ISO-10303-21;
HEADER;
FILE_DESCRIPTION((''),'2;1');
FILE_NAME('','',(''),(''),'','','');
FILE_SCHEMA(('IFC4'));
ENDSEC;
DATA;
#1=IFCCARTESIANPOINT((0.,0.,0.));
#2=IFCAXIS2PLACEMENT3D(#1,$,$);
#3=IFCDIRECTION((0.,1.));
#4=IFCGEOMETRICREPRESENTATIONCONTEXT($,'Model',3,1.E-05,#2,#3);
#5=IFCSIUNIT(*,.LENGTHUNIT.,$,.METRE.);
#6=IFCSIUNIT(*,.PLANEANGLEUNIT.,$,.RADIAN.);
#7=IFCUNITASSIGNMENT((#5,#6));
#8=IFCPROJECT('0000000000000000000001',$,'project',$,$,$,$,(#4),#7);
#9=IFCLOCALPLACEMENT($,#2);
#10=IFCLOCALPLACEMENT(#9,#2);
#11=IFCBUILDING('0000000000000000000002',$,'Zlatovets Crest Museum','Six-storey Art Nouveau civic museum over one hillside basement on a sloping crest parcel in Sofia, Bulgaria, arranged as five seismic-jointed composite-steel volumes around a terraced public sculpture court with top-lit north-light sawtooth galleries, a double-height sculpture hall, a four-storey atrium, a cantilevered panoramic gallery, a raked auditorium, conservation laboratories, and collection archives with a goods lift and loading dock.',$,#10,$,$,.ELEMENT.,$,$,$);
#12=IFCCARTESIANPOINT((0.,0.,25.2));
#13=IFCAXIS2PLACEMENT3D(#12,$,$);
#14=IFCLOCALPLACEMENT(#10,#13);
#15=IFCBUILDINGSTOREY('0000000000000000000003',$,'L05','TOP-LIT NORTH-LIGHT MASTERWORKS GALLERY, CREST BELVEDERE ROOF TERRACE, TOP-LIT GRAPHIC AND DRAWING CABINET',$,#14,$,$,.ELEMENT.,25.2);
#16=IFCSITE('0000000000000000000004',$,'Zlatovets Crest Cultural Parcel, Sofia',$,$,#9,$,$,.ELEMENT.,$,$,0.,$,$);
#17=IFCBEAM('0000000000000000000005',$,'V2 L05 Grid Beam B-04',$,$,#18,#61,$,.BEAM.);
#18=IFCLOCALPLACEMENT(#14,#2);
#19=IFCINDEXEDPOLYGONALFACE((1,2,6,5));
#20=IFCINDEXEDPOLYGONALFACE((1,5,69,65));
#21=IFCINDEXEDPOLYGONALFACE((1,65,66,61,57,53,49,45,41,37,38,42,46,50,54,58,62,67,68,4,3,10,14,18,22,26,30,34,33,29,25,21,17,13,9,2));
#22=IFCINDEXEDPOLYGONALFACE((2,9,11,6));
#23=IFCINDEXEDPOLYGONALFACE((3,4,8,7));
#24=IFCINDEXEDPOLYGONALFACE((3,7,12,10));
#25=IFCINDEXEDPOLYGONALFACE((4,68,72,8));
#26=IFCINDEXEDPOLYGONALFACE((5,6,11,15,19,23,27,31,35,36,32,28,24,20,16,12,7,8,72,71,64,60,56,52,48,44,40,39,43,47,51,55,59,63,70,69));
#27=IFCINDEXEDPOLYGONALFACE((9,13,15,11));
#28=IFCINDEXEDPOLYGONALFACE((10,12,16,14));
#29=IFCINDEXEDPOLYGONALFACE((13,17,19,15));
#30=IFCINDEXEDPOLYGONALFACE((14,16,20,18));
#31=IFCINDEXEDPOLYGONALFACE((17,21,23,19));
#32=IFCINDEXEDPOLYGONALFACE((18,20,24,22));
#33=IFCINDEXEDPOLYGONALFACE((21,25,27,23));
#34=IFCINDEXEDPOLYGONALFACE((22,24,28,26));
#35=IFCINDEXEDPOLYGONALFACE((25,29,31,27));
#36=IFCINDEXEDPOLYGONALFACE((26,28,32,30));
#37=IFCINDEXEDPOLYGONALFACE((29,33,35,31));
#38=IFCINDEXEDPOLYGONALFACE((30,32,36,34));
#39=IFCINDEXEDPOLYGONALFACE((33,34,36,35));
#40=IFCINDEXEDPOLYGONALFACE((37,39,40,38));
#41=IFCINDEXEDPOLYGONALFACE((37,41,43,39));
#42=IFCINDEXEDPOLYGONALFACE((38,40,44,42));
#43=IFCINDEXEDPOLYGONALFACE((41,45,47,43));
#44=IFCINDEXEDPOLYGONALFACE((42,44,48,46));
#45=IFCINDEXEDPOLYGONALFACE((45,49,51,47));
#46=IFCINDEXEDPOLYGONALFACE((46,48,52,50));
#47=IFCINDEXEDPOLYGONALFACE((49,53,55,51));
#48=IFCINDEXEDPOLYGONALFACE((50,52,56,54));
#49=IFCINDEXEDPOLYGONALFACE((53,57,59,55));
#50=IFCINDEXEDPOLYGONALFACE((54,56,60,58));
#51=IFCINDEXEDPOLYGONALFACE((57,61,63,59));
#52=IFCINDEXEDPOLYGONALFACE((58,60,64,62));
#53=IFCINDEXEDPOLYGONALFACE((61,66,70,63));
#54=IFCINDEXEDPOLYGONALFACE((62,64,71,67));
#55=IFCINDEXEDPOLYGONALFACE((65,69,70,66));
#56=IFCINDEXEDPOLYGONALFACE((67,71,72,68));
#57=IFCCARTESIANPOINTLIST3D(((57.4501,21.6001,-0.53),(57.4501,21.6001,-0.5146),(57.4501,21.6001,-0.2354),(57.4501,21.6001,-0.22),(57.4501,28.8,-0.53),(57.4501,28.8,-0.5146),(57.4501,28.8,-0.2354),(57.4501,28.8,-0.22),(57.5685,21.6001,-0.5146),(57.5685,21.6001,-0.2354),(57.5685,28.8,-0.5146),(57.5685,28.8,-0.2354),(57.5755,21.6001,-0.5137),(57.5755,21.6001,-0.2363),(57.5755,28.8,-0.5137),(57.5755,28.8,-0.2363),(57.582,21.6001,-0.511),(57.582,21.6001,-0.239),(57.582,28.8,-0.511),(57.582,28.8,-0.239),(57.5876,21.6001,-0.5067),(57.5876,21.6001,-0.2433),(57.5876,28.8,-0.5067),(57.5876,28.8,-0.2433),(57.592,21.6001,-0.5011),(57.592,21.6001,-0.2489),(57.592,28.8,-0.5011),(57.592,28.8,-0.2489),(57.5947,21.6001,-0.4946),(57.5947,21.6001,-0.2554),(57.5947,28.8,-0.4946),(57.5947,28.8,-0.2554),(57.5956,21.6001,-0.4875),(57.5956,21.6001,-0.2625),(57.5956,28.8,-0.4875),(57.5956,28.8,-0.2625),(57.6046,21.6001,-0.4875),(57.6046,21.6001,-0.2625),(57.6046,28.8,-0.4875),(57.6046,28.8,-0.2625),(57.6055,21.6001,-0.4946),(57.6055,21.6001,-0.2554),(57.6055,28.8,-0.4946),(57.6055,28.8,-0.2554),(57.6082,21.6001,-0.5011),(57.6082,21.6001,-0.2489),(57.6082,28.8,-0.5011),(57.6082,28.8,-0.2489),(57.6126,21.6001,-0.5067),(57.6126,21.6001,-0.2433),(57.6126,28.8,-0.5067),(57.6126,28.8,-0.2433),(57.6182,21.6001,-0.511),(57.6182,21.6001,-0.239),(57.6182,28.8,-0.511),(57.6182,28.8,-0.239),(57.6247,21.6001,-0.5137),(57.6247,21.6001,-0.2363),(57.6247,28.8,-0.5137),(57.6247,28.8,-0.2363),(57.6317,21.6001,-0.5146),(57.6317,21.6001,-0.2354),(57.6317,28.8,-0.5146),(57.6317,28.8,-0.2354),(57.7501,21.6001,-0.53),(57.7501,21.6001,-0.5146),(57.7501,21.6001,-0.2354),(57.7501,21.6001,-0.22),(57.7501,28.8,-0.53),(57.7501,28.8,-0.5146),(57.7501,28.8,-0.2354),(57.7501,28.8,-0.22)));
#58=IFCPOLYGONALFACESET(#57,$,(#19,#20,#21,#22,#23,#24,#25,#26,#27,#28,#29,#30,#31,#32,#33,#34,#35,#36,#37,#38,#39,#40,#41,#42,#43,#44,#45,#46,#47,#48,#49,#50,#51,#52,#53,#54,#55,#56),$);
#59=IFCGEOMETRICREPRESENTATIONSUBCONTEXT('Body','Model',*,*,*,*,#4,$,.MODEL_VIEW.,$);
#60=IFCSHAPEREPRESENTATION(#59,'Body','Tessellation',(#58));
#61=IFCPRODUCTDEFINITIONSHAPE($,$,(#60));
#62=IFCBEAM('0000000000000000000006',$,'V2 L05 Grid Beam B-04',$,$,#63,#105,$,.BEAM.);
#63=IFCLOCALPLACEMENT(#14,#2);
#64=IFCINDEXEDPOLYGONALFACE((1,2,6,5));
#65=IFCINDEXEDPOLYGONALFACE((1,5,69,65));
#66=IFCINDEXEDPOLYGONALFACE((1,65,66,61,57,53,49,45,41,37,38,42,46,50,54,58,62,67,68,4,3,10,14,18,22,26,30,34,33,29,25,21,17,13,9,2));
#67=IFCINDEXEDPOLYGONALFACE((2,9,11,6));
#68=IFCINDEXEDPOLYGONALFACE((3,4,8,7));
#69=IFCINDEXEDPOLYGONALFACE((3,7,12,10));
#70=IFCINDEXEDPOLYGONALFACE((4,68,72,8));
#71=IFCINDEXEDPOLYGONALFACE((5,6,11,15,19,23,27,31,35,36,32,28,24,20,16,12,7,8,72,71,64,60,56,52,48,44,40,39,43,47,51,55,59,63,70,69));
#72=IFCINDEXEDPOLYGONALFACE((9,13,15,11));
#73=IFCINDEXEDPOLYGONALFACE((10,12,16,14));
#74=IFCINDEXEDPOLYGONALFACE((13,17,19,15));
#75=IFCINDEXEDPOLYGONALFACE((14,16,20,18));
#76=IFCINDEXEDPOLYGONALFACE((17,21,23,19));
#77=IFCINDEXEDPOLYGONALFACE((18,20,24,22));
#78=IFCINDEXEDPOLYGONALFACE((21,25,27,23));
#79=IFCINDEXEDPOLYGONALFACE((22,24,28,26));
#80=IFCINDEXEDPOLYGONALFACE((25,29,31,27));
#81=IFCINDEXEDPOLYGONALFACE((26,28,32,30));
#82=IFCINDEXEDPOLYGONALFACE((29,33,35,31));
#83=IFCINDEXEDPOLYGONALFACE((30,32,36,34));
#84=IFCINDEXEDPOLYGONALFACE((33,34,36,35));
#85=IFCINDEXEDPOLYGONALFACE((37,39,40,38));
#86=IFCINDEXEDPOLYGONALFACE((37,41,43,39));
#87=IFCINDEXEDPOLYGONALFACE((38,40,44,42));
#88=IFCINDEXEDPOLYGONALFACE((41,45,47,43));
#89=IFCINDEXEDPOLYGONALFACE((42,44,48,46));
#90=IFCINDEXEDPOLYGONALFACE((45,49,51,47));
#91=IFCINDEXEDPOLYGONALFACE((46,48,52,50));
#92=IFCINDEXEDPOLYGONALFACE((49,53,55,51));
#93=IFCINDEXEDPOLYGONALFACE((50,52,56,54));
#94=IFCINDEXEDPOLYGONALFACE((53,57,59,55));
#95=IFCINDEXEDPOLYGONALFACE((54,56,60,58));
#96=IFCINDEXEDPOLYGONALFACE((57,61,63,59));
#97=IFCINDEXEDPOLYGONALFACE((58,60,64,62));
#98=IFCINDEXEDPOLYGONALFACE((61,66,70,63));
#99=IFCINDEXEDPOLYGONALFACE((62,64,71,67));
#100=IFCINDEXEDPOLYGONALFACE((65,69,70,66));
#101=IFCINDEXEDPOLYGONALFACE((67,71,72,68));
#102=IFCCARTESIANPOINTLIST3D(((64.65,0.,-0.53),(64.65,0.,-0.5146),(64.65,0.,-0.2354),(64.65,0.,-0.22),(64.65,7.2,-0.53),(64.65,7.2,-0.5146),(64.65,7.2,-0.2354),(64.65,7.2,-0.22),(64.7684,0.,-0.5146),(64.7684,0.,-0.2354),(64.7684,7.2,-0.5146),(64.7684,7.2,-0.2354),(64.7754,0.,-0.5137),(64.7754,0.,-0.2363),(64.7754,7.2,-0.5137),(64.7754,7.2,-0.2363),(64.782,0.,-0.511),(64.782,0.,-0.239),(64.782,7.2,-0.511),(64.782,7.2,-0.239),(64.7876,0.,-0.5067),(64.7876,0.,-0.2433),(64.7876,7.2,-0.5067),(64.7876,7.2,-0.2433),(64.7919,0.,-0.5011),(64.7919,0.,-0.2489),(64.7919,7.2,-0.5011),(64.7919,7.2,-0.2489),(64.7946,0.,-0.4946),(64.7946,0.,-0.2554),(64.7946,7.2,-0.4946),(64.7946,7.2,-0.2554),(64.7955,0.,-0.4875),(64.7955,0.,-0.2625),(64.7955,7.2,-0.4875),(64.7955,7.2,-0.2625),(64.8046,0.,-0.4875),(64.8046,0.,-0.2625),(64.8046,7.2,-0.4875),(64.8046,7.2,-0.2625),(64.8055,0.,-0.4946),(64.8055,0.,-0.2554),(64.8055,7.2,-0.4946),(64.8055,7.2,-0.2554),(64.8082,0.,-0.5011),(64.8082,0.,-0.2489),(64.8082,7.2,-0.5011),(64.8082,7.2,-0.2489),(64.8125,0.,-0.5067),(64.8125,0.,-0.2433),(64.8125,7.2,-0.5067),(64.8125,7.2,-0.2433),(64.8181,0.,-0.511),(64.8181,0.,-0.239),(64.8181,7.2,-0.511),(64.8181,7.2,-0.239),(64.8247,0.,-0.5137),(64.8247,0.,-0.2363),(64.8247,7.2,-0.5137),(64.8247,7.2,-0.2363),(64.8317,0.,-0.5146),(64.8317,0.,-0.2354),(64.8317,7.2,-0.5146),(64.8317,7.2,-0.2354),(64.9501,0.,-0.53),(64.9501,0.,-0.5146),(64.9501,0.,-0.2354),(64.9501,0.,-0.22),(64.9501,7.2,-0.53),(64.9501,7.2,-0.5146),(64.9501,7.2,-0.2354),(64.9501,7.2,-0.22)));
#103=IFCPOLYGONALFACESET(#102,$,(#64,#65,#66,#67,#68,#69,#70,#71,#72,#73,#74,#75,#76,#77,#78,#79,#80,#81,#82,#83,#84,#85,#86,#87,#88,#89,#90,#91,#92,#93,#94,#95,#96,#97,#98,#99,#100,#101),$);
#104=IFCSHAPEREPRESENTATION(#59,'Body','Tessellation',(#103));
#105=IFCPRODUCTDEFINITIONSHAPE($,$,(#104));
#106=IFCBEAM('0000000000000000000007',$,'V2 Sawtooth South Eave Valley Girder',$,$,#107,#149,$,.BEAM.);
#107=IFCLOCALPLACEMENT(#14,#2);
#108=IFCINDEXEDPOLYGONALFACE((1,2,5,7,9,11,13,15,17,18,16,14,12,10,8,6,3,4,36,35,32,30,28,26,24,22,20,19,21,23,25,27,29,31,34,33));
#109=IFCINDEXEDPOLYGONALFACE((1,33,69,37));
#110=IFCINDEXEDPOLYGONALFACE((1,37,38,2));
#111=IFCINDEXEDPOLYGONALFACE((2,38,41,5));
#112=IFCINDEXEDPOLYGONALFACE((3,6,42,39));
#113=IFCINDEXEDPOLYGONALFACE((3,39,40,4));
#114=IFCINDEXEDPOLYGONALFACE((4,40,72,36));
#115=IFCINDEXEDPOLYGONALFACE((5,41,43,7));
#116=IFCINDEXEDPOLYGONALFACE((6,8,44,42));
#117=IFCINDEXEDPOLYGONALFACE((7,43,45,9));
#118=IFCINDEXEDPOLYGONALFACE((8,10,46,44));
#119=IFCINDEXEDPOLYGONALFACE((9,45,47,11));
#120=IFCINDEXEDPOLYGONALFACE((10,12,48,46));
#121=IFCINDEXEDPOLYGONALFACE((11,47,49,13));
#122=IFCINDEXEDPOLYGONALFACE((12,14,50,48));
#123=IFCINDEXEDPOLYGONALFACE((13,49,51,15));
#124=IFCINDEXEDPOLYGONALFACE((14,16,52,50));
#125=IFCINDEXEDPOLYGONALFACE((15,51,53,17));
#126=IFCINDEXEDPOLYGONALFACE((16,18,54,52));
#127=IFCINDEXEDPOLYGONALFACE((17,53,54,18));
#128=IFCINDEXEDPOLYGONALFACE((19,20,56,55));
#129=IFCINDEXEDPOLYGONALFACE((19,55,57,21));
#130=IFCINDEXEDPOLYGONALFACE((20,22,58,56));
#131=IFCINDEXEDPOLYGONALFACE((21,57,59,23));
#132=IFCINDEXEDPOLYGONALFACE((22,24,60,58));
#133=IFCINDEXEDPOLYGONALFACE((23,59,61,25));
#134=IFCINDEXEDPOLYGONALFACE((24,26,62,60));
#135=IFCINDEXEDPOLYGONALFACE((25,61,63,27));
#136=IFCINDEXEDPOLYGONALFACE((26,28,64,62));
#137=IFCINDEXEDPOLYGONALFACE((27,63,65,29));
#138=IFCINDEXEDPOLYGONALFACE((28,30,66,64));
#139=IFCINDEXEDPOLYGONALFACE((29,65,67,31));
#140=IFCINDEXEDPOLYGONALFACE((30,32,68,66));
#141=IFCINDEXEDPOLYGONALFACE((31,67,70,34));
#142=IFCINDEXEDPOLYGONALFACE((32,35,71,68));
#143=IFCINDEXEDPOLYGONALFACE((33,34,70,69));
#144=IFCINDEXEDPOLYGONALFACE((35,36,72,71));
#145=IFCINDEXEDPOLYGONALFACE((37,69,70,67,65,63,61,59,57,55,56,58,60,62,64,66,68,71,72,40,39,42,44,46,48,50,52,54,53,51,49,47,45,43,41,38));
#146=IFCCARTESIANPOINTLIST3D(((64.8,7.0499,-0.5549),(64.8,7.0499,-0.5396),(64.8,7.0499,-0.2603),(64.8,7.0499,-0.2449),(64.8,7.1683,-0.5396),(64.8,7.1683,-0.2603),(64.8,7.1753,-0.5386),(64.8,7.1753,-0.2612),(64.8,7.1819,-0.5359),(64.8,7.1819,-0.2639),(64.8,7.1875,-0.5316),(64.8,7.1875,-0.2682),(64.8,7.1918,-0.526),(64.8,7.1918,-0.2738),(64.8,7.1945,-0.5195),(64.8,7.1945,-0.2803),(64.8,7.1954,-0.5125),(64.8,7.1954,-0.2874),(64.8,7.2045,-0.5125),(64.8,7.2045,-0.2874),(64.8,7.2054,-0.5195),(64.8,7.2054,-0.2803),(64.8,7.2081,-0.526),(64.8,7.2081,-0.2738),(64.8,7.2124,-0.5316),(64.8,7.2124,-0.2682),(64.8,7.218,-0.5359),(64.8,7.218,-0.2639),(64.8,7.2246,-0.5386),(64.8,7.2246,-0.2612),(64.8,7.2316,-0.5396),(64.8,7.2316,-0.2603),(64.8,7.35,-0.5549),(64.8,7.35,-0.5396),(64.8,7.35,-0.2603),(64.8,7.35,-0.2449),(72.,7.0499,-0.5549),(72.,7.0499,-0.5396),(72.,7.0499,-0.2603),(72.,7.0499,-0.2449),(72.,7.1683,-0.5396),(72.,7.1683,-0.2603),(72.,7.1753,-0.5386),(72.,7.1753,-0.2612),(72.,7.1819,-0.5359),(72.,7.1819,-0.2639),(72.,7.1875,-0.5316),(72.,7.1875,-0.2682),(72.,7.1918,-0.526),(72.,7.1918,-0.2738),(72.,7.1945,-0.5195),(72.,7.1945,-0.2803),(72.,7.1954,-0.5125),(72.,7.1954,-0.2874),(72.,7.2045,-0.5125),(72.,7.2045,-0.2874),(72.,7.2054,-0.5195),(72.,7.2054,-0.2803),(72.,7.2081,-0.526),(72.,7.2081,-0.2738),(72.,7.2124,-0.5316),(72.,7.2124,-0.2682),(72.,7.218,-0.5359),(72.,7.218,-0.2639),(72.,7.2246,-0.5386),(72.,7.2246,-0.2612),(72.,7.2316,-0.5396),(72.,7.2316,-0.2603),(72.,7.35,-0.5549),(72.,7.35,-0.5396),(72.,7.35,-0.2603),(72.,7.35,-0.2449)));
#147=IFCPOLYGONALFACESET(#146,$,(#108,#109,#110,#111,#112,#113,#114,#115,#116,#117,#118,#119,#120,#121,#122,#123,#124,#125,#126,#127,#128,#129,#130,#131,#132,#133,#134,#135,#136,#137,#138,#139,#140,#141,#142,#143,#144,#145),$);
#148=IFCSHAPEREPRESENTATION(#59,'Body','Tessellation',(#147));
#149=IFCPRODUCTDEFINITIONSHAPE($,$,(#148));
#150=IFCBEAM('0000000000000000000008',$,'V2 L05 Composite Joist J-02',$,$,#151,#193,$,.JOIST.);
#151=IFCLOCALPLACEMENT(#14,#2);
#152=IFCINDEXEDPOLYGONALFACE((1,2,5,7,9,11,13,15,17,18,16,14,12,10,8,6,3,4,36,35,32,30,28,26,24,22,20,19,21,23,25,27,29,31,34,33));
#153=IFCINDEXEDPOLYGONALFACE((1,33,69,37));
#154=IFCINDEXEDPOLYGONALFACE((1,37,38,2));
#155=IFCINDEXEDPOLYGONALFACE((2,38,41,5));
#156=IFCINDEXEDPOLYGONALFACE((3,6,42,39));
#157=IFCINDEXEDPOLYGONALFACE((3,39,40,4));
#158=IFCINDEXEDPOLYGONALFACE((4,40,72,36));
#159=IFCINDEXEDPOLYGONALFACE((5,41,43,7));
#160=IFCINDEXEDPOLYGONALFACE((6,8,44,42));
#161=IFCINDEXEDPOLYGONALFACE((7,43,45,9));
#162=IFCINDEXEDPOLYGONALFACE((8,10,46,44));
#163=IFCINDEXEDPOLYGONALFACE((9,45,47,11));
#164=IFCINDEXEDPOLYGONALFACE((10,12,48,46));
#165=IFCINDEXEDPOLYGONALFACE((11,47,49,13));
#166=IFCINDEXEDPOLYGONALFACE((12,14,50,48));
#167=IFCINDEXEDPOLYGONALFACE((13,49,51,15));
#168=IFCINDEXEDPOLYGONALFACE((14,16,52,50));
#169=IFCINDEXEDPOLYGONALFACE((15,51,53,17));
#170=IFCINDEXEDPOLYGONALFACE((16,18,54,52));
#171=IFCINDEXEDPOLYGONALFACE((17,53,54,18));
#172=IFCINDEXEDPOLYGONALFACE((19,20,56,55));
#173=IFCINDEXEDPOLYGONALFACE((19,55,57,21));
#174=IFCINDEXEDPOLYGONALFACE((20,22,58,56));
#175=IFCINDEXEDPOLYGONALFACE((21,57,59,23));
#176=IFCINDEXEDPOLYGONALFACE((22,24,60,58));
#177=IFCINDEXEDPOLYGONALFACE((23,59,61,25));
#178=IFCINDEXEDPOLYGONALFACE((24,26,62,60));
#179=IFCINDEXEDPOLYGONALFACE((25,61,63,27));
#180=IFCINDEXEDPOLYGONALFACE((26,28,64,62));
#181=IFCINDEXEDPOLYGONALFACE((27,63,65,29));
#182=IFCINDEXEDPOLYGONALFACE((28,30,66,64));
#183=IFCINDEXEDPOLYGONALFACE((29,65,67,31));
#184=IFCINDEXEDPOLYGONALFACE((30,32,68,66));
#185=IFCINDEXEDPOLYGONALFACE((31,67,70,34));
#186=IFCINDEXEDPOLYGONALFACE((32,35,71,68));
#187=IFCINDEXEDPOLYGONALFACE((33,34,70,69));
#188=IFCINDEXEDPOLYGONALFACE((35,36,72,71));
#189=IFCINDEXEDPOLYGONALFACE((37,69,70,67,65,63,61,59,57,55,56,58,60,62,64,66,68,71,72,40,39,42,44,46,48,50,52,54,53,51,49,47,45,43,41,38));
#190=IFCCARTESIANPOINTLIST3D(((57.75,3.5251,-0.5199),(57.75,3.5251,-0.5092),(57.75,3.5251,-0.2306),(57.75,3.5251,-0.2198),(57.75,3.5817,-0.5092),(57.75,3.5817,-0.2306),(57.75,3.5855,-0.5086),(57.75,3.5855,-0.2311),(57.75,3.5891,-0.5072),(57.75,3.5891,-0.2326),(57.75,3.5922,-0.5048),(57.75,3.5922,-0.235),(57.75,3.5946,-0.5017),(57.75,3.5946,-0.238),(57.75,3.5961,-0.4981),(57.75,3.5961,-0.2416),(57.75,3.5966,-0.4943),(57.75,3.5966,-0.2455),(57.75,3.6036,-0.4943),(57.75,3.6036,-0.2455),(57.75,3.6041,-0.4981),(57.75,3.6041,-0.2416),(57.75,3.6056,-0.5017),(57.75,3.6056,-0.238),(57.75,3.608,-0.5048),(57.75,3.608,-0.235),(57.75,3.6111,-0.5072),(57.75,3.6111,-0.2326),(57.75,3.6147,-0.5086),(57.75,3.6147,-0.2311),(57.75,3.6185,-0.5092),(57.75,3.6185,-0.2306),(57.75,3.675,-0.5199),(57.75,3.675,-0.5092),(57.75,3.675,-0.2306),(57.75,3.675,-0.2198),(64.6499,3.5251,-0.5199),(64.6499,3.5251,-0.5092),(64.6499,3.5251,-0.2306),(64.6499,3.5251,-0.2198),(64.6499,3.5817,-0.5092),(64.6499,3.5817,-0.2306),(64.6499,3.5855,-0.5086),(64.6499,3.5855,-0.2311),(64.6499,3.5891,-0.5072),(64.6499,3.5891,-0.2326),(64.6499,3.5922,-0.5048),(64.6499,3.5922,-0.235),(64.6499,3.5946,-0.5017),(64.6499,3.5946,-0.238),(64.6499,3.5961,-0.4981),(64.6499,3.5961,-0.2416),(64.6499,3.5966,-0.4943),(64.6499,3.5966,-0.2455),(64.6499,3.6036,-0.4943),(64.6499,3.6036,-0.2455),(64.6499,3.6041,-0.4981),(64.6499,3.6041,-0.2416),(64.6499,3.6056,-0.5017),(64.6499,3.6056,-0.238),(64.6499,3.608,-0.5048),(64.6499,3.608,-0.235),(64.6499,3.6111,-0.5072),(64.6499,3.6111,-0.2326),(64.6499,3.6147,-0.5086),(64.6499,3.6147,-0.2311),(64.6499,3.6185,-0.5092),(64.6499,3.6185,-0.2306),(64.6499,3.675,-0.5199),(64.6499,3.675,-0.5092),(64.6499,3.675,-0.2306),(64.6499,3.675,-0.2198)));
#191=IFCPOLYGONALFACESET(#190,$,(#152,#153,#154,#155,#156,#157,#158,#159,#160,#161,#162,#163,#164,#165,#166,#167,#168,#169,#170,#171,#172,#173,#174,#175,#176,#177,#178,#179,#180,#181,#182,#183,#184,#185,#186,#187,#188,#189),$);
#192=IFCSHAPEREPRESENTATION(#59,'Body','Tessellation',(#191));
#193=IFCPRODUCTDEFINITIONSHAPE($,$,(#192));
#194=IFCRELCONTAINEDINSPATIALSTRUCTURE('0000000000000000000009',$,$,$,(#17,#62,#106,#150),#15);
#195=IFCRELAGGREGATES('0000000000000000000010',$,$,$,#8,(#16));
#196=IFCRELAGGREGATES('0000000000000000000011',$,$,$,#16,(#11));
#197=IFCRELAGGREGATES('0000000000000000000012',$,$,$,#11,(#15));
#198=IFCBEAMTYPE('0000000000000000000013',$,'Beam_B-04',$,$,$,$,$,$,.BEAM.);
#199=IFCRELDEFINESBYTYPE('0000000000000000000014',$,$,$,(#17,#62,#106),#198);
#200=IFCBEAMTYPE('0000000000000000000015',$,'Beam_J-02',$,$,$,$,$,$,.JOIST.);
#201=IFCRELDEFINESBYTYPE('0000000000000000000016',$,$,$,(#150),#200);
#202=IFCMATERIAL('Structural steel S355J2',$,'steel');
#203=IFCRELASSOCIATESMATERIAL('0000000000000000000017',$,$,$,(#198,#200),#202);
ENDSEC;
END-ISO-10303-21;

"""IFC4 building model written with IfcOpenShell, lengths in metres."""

from ifc_helpers import new_model, si_unit, direction, frame, origin, origin_2d, place, context, subcontext, project, spatial, i_section, extrude, material, material_profile, profile_set, type_object, element, save


model = new_model("IFC4")

# Units and contexts
model_context = context("Model", 3, precision=1e-05, world=origin(), true_north=direction((0.0, 1.0)))
body_context = subcontext(model_context, "Body", "Model", "MODEL_VIEW")
ifc_project = project(units=[si_unit("LENGTHUNIT", "METRE"), si_unit("PLANEANGLEUNIT", "RADIAN")], contexts=[model_context])

# Site, building, storey
site_placement = place(None, origin())
site = spatial("IfcSite", under=ifc_project, at=site_placement, Name="Zlatovets Crest Cultural Parcel, Sofia", CompositionType="ELEMENT", RefElevation=0.0)
building_placement = place(site_placement, origin())
building = spatial("IfcBuilding", under=site, at=building_placement, Name="Zlatovets Crest Museum", Description="Six-storey Art Nouveau civic museum over one hillside basement on a sloping crest parcel in Sofia, Bulgaria, arranged as five seismic-jointed composite-steel volumes around a terraced public sculpture court with top-lit north-light sawtooth galleries, a double-height sculpture hall, a four-storey atrium, a cantilevered panoramic gallery, a raked auditorium, conservation laboratories, and collection archives with a goods lift and loading dock.", CompositionType="ELEMENT")
storey_placement = place(building_placement, frame((0.0, 0.0, 25.2)))
storey = spatial("IfcBuildingStorey", under=building, at=storey_placement, Name="L05", Description="TOP-LIT NORTH-LIGHT MASTERWORKS GALLERY, CREST BELVEDERE ROOF TERRACE, TOP-LIT GRAPHIC AND DRAWING CABINET", CompositionType="ELEMENT", Elevation=25.2)

# Beams
ifc_material_1 = material(Name="Structural steel S355J2", Category="steel")
ifc_material_profile_1 = material_profile(ifc_material_1, i_section(OverallWidth=0.3, OverallDepth=0.3101, WebThickness=0.009, FlangeThickness=0.0154, FilletRadius=0.0271, at=origin_2d()), Name="HEA 320")
ifc_profile_set_1 = profile_set([ifc_material_profile_1], Name="Structural steel S355J2")
beam_type_1 = type_object("IfcBeamType", Name="Beam_B-04", PredefinedType="BEAM", material=ifc_profile_set_1)
for number, where, z_axis, x_axis, name in (
    (1, (57.6001, 21.6001, -0.375), (0.0, 1.0, 0.0), (-1.0, 0.0, 0.0), "V2 L05 Grid Beam B-04"),
    (2, (64.8, 0.0, -0.375), (0.0, 1.0, 0.0), (-1.0, 0.0, 0.0), "V2 L05 Grid Beam B-04"),
    (3, (64.8, 7.2, -0.3999), (1.0, 0.0, 0.0), (0.0, 1.0, 0.0), "V2 Sawtooth South Eave Valley Girder"),
):
    element("IfcBeam", number, at=place(storey_placement, frame(where, z_axis=z_axis, x_axis=x_axis)), inside=storey, type_object=beam_type_1, Name=name, PredefinedType="BEAM", context=body_context, shape_type="SweptSolid", body=[
        extrude(i_section(OverallWidth=0.3, OverallDepth=0.3101, WebThickness=0.009, FlangeThickness=0.0154, FilletRadius=0.0271, at=origin_2d()), origin(), (0.0, 0.0, 1.0), 7.2),
    ])
ifc_material_profile_2 = material_profile(ifc_material_1, i_section(OverallWidth=0.1499, OverallDepth=0.3, WebThickness=0.0071, FlangeThickness=0.0107, FilletRadius=0.0149, at=origin_2d()), Name="IPE 300")
ifc_profile_set_2 = profile_set([ifc_material_profile_2], Name="Structural steel S355J2")
beam_type_2 = type_object("IfcBeamType", Name="Beam_J-02", PredefinedType="JOIST", material=ifc_profile_set_2)
for number, where, z_axis, x_axis, name in (
    (4, (57.75, 3.6001, -0.3699), (1.0, 0.0, 0.0), (0.0, 1.0, 0.0), "V2 L05 Composite Joist J-02"),
):
    element("IfcBeam", number, at=place(storey_placement, frame(where, z_axis=z_axis, x_axis=x_axis)), inside=storey, type_object=beam_type_2, Name=name, PredefinedType="JOIST", context=body_context, shape_type="SweptSolid", body=[
        extrude(i_section(OverallWidth=0.1499, OverallDepth=0.3, WebThickness=0.0071, FlangeThickness=0.0107, FilletRadius=0.0149, at=origin_2d()), origin(), (0.0, 0.0, 1.0), 6.8999),
    ])

save(model, "model.ifc")
